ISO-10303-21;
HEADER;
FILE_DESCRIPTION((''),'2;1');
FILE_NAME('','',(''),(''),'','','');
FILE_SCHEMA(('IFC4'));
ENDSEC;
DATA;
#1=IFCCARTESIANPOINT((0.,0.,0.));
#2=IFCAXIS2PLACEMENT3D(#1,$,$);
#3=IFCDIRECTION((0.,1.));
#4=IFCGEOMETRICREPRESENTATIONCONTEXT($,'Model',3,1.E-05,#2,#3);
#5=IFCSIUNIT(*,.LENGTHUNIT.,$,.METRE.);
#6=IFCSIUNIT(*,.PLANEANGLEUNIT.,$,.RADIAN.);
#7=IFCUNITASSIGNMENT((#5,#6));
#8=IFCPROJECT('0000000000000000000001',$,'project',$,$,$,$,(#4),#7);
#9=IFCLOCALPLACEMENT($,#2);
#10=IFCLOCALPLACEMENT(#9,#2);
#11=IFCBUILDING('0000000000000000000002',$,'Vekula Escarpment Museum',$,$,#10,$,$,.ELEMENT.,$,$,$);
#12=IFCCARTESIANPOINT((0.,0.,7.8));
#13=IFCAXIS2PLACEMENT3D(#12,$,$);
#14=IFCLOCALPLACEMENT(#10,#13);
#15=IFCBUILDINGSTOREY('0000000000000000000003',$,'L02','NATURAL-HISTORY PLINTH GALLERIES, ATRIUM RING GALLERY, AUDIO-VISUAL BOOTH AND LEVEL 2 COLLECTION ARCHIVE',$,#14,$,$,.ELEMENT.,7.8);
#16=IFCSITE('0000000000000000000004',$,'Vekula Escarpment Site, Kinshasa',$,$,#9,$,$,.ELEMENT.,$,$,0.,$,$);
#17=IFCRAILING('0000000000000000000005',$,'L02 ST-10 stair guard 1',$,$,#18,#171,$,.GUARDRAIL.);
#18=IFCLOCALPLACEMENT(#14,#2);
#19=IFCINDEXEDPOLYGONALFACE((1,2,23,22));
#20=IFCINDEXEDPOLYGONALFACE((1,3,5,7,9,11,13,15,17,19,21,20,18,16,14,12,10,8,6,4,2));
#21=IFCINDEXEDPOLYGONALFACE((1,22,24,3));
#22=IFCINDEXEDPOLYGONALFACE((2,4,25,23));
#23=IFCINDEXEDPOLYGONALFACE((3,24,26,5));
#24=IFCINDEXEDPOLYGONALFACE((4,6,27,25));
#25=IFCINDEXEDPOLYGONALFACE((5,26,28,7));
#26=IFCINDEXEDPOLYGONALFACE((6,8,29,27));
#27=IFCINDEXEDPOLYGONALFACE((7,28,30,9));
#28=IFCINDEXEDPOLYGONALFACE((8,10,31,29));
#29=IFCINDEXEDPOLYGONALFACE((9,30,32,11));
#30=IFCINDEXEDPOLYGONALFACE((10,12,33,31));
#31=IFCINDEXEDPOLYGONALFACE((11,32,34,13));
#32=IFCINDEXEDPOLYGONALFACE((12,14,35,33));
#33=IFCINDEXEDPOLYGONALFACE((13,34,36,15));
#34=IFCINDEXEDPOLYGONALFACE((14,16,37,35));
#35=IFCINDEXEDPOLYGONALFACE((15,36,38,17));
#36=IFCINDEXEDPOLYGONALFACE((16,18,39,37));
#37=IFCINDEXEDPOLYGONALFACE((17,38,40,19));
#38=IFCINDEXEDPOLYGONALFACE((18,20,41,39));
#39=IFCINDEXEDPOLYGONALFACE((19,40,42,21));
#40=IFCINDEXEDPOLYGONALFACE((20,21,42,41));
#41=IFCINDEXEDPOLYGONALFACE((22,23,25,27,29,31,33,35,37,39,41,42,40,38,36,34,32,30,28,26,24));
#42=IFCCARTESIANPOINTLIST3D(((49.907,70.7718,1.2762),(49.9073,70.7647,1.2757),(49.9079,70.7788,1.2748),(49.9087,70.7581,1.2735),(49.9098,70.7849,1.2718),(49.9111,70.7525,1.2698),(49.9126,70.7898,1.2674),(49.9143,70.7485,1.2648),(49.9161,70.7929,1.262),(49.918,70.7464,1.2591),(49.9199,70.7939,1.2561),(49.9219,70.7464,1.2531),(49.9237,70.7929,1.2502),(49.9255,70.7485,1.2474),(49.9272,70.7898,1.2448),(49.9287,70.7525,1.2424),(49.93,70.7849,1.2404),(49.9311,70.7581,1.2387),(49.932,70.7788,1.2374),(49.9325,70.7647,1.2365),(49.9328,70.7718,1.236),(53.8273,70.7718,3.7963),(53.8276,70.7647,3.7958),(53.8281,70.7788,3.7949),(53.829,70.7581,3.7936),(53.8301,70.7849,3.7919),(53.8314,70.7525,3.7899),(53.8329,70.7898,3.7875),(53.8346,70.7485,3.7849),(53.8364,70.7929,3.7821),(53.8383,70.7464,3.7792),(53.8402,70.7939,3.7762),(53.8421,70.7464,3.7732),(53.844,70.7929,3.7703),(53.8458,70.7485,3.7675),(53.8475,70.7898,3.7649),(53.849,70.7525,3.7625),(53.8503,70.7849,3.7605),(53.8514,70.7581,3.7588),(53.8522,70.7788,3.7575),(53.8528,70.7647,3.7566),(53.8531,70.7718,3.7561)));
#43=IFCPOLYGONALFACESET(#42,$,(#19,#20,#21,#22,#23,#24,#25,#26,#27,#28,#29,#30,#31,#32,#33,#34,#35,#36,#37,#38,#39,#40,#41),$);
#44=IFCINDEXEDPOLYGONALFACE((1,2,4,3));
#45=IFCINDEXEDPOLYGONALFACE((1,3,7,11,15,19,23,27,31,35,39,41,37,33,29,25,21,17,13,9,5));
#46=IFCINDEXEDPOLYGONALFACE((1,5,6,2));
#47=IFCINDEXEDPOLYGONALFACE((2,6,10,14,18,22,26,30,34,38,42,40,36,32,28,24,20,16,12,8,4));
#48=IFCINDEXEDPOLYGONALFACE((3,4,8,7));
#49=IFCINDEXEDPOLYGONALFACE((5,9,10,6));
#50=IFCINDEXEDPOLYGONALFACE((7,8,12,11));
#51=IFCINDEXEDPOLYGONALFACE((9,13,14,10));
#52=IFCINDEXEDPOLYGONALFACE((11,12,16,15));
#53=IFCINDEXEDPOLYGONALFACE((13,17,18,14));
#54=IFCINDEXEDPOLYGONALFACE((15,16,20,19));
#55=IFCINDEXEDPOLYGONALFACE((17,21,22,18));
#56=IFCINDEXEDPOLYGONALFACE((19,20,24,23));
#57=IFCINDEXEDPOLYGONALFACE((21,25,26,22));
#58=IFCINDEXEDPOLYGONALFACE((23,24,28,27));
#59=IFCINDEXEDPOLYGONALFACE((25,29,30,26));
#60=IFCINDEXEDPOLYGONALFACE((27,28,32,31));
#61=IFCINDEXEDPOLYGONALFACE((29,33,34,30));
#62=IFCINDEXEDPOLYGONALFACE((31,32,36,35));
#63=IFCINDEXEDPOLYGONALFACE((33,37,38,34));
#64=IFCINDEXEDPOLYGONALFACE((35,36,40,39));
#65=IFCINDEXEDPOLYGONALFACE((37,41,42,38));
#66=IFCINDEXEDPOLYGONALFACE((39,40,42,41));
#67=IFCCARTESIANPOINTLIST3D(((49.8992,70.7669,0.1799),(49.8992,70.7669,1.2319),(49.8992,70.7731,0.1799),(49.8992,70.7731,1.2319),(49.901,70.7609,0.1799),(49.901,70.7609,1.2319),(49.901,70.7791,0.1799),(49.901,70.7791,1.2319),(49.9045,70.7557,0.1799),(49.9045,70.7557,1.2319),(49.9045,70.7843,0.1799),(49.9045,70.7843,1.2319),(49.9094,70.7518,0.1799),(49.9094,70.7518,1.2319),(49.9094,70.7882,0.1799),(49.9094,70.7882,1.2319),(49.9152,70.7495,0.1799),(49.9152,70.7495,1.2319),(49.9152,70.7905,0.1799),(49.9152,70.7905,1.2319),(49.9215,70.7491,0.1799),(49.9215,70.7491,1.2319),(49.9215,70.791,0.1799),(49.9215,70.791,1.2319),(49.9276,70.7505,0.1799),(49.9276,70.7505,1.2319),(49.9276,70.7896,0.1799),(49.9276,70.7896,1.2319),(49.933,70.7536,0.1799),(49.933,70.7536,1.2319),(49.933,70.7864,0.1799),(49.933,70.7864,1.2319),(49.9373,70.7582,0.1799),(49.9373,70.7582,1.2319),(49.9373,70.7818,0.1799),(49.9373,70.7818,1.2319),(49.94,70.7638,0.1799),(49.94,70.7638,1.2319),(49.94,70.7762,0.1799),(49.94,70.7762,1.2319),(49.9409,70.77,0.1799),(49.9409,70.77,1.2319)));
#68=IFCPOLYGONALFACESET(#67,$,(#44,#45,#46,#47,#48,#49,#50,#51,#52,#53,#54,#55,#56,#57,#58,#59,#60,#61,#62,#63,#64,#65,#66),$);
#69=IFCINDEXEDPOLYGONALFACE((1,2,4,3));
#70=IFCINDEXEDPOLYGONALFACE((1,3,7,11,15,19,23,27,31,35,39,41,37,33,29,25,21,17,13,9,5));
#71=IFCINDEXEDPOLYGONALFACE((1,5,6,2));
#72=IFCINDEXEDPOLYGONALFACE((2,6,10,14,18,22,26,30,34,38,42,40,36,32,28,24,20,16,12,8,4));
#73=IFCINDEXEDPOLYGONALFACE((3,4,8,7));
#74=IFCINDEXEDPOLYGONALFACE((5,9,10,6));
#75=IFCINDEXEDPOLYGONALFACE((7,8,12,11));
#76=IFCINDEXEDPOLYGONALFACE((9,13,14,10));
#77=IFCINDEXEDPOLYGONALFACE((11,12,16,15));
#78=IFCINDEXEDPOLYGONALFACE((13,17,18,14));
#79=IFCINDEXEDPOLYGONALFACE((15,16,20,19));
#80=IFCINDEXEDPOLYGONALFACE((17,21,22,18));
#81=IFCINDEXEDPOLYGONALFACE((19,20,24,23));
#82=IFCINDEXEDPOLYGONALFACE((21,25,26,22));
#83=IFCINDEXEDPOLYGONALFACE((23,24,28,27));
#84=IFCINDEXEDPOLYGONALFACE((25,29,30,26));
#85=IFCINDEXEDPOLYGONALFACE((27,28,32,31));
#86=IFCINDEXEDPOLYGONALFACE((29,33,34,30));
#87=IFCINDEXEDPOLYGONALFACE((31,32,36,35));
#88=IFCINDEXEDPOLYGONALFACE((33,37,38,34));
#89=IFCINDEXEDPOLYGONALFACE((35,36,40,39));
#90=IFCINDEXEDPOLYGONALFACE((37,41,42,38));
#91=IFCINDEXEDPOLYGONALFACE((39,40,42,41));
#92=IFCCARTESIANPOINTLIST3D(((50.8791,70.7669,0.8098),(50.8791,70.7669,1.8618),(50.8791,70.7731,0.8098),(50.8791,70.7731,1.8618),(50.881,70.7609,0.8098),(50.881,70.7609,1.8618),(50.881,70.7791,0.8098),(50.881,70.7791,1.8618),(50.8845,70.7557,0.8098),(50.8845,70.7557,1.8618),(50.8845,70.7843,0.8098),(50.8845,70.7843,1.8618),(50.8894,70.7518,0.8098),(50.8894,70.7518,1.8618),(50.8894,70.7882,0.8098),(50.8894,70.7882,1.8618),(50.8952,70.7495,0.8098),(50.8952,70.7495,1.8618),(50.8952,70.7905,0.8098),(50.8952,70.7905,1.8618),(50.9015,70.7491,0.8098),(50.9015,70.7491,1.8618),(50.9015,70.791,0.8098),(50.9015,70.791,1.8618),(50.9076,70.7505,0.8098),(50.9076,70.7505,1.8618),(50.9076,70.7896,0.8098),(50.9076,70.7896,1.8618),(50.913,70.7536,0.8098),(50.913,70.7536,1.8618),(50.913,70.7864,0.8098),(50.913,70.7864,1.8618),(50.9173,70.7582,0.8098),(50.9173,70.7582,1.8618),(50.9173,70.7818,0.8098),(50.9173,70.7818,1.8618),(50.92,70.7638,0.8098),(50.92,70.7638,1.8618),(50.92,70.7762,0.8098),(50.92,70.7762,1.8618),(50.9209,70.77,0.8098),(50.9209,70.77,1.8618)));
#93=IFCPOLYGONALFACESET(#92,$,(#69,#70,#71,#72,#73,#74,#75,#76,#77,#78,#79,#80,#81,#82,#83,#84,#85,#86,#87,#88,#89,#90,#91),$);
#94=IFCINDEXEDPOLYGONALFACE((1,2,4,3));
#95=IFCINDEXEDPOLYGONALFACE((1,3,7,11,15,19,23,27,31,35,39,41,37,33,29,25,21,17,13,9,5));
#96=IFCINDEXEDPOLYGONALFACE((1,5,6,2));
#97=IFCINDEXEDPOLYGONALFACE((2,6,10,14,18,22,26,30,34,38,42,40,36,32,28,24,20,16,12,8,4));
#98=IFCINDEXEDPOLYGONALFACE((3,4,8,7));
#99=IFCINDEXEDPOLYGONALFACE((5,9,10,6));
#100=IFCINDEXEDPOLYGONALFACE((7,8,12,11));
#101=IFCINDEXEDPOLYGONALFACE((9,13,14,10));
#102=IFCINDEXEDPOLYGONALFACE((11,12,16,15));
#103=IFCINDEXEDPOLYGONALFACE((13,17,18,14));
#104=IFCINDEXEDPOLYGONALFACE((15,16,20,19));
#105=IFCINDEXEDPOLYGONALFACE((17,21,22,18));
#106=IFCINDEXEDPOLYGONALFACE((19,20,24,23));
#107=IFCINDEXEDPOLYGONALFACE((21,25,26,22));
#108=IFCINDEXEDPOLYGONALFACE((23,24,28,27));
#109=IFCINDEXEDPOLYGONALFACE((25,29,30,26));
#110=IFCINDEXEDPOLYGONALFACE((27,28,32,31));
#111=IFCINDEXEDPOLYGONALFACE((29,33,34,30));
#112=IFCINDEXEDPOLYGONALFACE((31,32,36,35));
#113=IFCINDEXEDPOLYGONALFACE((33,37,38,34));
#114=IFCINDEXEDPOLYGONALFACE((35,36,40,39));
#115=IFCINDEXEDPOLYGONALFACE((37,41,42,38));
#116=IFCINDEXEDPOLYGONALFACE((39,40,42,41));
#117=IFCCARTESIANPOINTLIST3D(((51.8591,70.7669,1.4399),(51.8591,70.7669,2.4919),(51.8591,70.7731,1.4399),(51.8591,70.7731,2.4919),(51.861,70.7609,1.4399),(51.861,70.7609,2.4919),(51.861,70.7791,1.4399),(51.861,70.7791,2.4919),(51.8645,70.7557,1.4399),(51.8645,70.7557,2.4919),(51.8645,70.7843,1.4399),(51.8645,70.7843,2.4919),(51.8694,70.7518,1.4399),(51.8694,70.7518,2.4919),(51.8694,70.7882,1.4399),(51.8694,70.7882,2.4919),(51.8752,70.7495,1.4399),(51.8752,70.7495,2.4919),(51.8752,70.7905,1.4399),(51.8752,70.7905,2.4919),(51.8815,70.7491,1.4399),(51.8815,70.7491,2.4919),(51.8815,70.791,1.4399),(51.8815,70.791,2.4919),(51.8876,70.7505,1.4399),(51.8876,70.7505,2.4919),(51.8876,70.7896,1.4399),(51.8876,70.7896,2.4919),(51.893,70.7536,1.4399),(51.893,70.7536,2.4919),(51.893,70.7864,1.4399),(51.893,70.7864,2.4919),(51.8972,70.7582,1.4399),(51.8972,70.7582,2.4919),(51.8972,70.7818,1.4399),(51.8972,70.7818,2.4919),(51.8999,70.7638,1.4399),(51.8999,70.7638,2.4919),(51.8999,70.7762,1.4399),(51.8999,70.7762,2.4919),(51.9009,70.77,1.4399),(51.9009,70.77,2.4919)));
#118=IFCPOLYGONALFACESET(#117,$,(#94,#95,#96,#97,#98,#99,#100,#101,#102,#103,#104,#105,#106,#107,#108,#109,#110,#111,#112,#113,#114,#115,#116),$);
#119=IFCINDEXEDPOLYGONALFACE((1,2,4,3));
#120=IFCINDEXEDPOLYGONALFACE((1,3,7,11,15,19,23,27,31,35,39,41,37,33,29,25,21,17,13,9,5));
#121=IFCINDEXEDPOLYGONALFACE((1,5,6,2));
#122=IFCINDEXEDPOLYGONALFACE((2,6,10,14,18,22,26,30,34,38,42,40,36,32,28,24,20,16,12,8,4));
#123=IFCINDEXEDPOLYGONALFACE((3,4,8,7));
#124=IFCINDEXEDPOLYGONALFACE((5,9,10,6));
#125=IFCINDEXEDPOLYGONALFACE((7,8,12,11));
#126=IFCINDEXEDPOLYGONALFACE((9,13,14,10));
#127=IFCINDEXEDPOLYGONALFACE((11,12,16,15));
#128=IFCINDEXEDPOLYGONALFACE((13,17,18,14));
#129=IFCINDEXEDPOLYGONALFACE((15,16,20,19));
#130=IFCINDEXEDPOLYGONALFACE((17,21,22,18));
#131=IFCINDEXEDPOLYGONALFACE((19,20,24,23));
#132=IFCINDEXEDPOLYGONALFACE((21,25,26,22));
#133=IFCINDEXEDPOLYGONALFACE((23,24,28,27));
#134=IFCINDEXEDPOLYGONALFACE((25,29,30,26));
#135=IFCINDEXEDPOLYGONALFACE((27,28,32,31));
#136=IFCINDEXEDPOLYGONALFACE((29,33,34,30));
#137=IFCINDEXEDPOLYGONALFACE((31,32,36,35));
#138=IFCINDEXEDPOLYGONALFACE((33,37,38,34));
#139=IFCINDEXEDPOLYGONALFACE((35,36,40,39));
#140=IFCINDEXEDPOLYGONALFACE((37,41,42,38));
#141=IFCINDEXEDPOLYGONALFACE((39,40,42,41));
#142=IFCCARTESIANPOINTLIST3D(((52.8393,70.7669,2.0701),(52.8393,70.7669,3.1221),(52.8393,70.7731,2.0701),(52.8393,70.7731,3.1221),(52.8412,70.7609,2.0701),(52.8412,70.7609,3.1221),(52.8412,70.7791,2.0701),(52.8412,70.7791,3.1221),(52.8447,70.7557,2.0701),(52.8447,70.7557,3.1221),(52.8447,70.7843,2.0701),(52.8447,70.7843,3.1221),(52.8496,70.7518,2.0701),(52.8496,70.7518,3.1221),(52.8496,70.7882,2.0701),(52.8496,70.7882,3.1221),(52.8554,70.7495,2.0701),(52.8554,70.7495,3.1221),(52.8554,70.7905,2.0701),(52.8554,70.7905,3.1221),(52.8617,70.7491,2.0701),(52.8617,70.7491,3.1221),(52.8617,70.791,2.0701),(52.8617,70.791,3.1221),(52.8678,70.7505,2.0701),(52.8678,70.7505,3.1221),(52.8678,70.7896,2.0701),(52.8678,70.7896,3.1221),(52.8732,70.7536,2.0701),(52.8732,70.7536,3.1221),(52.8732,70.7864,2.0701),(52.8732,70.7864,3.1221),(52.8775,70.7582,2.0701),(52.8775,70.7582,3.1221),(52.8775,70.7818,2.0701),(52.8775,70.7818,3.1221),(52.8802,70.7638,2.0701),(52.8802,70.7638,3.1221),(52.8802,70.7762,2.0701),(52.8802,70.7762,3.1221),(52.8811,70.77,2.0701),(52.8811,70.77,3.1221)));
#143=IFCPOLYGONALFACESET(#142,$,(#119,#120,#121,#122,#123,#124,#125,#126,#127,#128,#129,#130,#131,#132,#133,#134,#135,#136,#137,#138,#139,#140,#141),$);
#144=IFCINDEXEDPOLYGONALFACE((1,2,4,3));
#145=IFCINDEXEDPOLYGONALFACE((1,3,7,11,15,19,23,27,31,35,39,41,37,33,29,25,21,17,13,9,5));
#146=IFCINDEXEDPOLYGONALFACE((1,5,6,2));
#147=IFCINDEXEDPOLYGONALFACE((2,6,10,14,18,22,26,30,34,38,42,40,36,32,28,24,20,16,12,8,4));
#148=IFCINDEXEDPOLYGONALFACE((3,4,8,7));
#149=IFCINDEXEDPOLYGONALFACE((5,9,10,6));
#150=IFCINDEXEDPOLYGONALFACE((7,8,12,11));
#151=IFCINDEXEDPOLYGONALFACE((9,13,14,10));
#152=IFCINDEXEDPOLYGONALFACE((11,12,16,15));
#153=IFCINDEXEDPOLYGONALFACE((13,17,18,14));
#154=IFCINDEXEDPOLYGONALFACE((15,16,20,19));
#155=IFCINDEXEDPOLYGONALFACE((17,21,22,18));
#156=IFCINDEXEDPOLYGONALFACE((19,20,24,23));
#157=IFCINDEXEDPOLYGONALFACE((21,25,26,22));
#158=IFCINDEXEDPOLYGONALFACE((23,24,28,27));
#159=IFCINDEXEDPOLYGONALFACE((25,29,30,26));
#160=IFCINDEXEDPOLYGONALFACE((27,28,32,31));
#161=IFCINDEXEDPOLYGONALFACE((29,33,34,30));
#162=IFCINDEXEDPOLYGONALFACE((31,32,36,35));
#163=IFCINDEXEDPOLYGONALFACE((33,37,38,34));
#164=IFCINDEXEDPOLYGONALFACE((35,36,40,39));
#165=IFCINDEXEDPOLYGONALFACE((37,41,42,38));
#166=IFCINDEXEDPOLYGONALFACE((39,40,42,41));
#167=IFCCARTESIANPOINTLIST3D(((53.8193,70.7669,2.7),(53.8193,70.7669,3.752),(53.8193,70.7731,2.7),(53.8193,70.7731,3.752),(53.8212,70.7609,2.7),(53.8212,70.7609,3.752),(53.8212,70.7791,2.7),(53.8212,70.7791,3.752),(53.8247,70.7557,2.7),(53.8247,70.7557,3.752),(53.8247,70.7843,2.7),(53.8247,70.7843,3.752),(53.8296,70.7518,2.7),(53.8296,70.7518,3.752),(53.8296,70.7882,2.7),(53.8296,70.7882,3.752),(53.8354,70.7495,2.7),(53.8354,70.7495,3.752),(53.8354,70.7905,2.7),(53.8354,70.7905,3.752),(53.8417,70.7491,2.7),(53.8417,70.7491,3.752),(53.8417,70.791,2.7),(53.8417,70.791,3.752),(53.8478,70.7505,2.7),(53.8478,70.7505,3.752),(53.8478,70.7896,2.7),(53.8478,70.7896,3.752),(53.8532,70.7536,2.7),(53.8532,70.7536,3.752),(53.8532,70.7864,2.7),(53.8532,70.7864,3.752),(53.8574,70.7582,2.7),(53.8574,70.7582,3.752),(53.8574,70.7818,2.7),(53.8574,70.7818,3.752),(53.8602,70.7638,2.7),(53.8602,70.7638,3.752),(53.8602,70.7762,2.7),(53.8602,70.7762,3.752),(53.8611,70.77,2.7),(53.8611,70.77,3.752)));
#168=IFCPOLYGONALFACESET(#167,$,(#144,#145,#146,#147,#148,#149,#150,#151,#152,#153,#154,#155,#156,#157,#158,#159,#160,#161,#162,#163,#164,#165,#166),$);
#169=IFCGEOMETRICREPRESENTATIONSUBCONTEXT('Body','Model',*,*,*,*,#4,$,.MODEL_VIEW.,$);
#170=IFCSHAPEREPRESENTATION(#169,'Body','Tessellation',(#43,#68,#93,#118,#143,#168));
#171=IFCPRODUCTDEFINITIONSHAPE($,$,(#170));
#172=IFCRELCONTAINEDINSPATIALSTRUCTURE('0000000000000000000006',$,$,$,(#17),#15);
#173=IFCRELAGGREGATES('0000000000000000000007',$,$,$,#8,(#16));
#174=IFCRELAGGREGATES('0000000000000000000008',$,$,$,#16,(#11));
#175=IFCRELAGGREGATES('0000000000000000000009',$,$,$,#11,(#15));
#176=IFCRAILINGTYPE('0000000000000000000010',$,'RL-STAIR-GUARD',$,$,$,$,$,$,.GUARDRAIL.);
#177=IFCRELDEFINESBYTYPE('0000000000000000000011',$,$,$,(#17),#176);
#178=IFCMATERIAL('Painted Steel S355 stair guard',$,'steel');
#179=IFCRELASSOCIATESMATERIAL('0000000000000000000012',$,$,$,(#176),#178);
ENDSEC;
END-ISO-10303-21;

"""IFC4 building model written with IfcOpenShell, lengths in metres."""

from ifc_helpers import new_model, si_unit, direction, frame, origin, origin_2d, place, context, subcontext, project, spatial, circle, extrude, material, type_object, element, save


model = new_model("IFC4")

# Units and contexts
model_context = context("Model", 3, precision=1e-05, world=origin(), true_north=direction((0.0, 1.0)))
body_context = subcontext(model_context, "Body", "Model", "MODEL_VIEW")
ifc_project = project(units=[si_unit("LENGTHUNIT", "METRE"), si_unit("PLANEANGLEUNIT", "RADIAN")], contexts=[model_context])

# Site, building, storey
site_placement = place(None, origin())
site = spatial("IfcSite", under=ifc_project, at=site_placement, Name="Vekula Escarpment Site, Kinshasa", CompositionType="ELEMENT", RefElevation=0.0)
building_placement = place(site_placement, origin())
building = spatial("IfcBuilding", under=site, at=building_placement, Name="Vekula Escarpment Museum", CompositionType="ELEMENT")
storey_placement = place(building_placement, frame((0.0, 0.0, 7.8)))
storey = spatial("IfcBuildingStorey", under=building, at=storey_placement, Name="L02", Description="NATURAL-HISTORY PLINTH GALLERIES, ATRIUM RING GALLERY, AUDIO-VISUAL BOOTH AND LEVEL 2 COLLECTION ARCHIVE", CompositionType="ELEMENT", Elevation=7.8)

# Railing
ifc_material_1 = material(Name="Painted Steel S355 stair guard", Category="steel")
railing_type_1 = type_object("IfcRailingType", Name="RL-STAIR-GUARD", PredefinedType="GUARDRAIL", material=ifc_material_1)
railing_1_placement = place(storey_placement, frame((49.9199, 70.77, 0.1799)))
element("IfcRailing", 1, at=railing_1_placement, inside=storey, type_object=railing_type_1, Name="L02 ST-10 stair guard 1", PredefinedType="GUARDRAIL", context=body_context, shape_type="SweptSolid", body=[
    extrude(circle(Radius=0.0239, at=origin_2d()), frame((0.0, 0.0, 1.0762), z_axis=(0.841187, 0.0, 0.540744), x_axis=(0.0, 1.0, 0.0)), (0.0, 0.0, 1.0), 4.6604),
    extrude(circle(Radius=0.021, at=origin_2d()), origin(), (0.0, 0.0, 1.0), 1.052),
    extrude(circle(Radius=0.021, at=origin_2d()), frame((0.98, 0.0, 0.6299)), (0.0, 0.0, 1.0), 1.052),
    extrude(circle(Radius=0.021, at=origin_2d()), frame((1.96, 0.0, 1.26)), (0.0, 0.0, 1.0), 1.052),
    extrude(circle(Radius=0.021, at=origin_2d()), frame((2.9402, 0.0, 1.8901)), (0.0, 0.0, 1.0), 1.052),
    extrude(circle(Radius=0.021, at=origin_2d()), frame((3.9202, 0.0, 2.52)), (0.0, 0.0, 1.0), 1.052),
])

save(model, "model.ifc")
